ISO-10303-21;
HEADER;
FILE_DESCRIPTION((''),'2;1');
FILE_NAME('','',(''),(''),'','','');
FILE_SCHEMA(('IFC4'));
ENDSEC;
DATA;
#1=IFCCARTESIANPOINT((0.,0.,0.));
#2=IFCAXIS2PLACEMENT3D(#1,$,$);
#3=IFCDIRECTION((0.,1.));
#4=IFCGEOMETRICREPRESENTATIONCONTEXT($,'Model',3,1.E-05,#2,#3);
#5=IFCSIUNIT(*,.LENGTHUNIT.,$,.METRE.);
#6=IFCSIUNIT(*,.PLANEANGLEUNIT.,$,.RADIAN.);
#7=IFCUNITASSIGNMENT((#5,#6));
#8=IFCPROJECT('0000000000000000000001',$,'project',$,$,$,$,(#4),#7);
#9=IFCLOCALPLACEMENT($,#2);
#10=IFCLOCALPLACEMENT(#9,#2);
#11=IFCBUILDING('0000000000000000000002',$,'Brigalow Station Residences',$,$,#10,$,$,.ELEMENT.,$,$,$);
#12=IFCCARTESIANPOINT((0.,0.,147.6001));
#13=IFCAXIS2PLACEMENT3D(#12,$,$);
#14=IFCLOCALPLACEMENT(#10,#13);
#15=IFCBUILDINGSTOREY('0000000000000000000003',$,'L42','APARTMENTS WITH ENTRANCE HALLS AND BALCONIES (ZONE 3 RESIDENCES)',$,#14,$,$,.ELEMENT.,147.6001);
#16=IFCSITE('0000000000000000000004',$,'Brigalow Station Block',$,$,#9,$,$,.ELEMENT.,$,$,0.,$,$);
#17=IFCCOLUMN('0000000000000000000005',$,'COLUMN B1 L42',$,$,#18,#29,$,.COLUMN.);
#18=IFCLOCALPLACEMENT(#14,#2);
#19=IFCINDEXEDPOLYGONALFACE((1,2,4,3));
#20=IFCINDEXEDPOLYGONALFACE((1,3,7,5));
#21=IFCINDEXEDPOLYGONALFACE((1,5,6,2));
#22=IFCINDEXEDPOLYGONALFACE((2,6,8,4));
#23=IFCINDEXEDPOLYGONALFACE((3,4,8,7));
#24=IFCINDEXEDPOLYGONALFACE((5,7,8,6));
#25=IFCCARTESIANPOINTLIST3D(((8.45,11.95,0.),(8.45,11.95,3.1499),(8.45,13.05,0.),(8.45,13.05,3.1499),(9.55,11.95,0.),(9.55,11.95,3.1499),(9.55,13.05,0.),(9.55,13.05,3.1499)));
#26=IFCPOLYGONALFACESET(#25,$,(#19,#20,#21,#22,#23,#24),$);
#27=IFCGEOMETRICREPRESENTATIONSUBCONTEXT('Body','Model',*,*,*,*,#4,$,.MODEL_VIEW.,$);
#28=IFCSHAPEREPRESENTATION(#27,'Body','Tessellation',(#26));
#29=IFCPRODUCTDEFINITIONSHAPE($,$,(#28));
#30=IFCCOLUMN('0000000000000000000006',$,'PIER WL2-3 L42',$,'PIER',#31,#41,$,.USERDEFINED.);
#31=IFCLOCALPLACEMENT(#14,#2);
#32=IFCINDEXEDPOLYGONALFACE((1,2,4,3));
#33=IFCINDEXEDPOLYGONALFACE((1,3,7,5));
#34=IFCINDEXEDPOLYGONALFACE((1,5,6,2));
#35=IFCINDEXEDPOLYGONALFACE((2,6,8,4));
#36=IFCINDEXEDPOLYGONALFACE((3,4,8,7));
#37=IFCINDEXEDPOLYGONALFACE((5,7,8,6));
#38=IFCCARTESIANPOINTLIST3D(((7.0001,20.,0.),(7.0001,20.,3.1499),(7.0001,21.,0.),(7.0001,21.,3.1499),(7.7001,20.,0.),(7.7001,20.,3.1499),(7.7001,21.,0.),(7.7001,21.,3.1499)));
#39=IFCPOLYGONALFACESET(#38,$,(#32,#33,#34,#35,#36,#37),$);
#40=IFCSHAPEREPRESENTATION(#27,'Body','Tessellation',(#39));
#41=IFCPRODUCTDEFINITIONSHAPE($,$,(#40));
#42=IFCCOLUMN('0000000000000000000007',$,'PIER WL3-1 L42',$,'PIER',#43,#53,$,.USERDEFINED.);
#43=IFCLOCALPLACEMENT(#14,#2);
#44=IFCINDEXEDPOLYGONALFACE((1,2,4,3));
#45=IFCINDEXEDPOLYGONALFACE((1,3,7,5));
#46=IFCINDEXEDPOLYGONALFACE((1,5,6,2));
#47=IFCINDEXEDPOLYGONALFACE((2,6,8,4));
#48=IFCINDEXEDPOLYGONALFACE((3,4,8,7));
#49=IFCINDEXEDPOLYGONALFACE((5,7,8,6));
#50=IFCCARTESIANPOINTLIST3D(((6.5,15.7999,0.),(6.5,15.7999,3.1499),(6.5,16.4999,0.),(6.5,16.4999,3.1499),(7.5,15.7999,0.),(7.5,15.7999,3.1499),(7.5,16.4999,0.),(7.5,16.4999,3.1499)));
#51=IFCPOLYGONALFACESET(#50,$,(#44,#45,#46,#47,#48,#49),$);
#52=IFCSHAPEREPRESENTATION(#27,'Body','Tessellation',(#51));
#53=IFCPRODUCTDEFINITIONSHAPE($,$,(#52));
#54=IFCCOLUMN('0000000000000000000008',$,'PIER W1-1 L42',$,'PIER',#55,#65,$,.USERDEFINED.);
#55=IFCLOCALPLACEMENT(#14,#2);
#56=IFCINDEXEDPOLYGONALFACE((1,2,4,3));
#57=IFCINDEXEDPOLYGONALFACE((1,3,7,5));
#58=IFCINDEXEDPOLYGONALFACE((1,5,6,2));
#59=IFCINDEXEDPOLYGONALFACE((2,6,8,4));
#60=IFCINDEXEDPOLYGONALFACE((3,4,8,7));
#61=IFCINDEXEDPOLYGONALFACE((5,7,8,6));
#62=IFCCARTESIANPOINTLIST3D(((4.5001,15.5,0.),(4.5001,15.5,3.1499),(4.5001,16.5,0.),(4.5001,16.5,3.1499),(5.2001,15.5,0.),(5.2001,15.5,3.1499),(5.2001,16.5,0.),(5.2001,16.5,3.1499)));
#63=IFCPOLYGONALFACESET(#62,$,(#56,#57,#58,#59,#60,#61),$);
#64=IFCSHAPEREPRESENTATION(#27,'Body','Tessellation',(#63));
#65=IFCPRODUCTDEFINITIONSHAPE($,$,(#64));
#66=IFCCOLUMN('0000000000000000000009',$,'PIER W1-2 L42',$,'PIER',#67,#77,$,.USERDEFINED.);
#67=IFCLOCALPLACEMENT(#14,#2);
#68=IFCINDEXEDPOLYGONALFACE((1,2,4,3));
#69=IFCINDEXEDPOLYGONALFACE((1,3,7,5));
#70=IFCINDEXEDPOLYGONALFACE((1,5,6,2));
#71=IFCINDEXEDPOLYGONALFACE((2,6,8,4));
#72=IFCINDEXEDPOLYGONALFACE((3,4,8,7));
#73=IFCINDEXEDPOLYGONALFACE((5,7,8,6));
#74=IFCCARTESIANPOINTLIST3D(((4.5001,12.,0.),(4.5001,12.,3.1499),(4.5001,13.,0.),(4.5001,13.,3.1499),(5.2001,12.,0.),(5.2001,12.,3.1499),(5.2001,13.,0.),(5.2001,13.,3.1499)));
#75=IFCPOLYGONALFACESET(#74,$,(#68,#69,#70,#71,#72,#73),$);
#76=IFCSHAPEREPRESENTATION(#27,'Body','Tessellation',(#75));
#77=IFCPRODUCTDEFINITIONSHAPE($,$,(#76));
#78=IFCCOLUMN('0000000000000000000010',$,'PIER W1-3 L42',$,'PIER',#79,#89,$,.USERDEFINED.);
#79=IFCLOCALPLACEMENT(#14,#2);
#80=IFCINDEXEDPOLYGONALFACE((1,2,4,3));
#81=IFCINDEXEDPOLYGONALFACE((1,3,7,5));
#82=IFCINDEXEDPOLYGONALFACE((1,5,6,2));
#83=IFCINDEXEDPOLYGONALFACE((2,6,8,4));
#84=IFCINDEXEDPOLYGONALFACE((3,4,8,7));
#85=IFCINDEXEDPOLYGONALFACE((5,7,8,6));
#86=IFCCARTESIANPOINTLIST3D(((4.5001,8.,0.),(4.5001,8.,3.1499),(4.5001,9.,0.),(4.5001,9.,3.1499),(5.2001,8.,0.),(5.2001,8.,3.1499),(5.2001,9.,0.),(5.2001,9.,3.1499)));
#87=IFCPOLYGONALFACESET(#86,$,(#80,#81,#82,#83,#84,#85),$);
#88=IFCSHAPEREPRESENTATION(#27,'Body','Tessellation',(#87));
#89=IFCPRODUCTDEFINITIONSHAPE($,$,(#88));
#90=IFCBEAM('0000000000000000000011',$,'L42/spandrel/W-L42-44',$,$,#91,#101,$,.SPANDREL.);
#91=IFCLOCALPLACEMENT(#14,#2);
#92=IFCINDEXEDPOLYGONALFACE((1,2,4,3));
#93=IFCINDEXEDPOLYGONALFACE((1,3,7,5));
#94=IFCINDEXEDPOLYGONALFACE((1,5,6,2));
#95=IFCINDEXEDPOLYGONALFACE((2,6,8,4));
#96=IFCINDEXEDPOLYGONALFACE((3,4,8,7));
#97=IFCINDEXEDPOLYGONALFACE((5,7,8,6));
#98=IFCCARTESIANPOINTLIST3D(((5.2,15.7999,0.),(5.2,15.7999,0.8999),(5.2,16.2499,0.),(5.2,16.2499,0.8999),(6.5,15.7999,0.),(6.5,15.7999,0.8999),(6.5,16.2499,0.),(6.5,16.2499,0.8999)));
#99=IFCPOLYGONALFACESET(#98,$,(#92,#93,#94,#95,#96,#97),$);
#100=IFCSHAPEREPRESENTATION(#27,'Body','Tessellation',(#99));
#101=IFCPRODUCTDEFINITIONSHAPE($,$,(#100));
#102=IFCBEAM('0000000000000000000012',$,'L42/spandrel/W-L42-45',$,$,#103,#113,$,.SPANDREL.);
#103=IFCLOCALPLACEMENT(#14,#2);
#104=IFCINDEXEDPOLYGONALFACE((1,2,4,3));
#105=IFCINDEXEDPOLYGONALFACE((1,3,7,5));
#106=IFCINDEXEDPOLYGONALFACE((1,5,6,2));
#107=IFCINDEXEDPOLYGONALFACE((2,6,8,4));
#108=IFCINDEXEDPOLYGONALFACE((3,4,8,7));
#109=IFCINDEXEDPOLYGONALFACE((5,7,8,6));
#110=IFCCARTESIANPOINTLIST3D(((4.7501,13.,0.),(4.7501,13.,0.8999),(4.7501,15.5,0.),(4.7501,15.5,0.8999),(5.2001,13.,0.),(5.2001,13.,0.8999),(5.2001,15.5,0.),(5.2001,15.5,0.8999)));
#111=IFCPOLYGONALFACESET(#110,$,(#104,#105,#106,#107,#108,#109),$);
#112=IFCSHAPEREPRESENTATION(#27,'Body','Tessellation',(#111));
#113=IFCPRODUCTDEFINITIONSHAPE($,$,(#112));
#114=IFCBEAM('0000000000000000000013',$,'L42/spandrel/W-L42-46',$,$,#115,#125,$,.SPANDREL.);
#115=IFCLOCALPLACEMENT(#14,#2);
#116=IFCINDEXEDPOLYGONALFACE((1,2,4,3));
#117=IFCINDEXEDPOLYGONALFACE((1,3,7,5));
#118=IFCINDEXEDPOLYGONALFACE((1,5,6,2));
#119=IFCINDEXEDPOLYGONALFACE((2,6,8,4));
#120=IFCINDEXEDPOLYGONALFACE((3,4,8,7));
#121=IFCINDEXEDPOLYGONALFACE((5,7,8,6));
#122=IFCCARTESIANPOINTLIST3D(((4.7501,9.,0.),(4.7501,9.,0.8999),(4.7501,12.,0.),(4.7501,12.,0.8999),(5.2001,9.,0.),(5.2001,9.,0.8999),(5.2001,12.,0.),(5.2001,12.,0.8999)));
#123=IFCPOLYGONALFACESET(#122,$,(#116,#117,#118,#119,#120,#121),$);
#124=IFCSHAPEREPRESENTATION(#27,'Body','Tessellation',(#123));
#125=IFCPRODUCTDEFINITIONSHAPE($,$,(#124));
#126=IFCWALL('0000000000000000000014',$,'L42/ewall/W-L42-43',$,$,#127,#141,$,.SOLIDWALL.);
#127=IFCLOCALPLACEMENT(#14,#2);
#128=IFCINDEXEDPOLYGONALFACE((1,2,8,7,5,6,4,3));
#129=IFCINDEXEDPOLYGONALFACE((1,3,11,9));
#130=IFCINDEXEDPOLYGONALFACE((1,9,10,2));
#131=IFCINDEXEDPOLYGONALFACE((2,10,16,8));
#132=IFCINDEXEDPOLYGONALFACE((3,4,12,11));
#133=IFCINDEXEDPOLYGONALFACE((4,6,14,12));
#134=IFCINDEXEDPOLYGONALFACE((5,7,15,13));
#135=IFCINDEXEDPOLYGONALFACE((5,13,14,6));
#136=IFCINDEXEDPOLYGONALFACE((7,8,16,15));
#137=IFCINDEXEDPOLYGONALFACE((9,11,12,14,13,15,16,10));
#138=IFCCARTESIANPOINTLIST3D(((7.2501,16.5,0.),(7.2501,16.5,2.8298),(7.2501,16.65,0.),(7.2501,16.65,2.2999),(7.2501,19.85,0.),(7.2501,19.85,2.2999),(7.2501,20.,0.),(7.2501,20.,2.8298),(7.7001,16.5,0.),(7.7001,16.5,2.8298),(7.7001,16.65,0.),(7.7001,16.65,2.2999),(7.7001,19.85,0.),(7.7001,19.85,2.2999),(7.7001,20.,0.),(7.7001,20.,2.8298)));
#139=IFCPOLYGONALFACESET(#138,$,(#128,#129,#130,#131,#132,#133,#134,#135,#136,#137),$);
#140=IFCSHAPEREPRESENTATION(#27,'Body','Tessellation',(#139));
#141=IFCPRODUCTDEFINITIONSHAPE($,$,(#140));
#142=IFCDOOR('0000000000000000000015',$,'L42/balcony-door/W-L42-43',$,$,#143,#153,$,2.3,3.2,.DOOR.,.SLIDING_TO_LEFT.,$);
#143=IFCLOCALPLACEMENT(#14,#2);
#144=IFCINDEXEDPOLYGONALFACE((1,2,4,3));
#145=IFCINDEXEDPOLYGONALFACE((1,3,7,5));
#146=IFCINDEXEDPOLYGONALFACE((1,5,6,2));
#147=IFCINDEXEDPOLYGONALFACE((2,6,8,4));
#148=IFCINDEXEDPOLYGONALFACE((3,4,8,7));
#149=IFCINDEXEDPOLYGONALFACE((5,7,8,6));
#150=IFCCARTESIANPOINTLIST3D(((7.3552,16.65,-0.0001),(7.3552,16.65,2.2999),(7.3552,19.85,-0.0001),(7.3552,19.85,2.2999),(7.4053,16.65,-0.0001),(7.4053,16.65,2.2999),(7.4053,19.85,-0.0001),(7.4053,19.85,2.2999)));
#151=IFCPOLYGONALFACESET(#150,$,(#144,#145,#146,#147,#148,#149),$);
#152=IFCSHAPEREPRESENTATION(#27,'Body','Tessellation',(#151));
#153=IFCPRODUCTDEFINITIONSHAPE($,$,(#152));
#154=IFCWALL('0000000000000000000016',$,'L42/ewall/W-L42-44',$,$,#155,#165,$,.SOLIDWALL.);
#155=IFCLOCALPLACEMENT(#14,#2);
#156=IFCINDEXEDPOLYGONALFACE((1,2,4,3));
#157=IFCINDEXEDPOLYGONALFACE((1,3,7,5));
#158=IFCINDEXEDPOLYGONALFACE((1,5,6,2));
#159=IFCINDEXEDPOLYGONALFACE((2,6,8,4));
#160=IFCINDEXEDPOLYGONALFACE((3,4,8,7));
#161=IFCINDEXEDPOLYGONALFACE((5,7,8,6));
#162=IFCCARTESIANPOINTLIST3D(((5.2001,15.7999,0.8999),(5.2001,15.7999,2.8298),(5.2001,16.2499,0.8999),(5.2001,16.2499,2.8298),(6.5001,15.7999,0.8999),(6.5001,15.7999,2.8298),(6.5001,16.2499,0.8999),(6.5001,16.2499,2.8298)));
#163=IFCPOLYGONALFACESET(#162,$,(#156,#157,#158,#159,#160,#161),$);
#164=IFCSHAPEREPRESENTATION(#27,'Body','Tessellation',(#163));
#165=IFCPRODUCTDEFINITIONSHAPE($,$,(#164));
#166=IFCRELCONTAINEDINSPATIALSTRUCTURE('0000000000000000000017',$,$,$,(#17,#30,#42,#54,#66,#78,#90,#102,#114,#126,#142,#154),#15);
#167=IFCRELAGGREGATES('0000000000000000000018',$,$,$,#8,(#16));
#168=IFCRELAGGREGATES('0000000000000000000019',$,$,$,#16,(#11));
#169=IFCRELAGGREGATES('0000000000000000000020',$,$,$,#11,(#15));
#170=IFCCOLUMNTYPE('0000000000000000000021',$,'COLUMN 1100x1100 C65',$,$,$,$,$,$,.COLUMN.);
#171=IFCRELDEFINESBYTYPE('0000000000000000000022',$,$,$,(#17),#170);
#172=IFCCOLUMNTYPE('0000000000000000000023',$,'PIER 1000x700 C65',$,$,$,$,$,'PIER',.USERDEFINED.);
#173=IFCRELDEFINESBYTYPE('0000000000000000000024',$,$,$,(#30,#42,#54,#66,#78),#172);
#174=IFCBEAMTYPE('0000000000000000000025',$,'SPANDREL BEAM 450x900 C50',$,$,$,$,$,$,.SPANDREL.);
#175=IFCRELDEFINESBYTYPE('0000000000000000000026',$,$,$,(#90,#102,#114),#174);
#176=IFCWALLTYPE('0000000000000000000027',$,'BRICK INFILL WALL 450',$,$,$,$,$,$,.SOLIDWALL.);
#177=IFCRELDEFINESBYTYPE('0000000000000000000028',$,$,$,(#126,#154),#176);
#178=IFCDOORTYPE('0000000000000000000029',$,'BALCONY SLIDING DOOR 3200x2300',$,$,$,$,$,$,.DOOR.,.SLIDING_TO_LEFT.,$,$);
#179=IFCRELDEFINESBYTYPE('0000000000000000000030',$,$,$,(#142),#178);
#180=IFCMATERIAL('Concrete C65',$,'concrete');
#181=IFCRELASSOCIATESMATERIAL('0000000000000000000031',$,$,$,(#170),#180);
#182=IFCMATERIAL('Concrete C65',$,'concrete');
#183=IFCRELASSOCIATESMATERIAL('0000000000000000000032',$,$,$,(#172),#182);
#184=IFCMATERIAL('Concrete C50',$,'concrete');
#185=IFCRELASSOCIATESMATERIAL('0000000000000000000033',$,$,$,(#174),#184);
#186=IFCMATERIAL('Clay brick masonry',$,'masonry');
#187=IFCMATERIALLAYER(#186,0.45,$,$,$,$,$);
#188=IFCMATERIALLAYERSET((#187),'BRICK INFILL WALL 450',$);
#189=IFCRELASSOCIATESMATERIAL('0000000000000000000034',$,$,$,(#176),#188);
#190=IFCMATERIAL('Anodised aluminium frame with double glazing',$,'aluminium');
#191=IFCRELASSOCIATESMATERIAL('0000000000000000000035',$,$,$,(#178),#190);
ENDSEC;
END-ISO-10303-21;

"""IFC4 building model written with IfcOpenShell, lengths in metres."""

from ifc_helpers import new_model, si_unit, direction, frame, frame_2d, origin, origin_2d, place, context, subcontext, project, spatial, rectangle, extrude, material, layer, layer_set, material_profile, profile_set, type_object, element, fill, save


model = new_model("IFC4")

# Units and contexts
model_context = context("Model", 3, precision=1e-05, world=origin(), true_north=direction((0.0, 1.0)))
body_context = subcontext(model_context, "Body", "Model", "MODEL_VIEW")
ifc_project = project(units=[si_unit("LENGTHUNIT", "METRE"), si_unit("PLANEANGLEUNIT", "RADIAN")], contexts=[model_context])

# Site, building, storey
site_placement = place(None, origin())
site = spatial("IfcSite", under=ifc_project, at=site_placement, Name="Brigalow Station Block", CompositionType="ELEMENT", RefElevation=0.0)
building_placement = place(site_placement, origin())
building = spatial("IfcBuilding", under=site, at=building_placement, Name="Brigalow Station Residences", CompositionType="ELEMENT")
storey_placement = place(building_placement, frame((0.0, 0.0, 147.6001)))
storey = spatial("IfcBuildingStorey", under=building, at=storey_placement, Name="L42", Description="APARTMENTS WITH ENTRANCE HALLS AND BALCONIES (ZONE 3 RESIDENCES)", CompositionType="ELEMENT", Elevation=147.6001)

# Columns
ifc_material_1 = material(Name="Concrete C65", Category="concrete")
ifc_material_profile_1 = material_profile(ifc_material_1, rectangle(XDim=1.1001, YDim=1.1001, at=origin_2d()), Name="RC1100x1100")
ifc_profile_set_1 = profile_set([ifc_material_profile_1], Name="Concrete C65")
column_type_1 = type_object("IfcColumnType", Name="COLUMN 1100x1100 C65", PredefinedType="COLUMN", material=ifc_profile_set_1)
column_placement = place(storey_placement, frame((9.0, 12.5, 0.0), z_axis=(0.0, 0.0, 1.0), x_axis=(1.0, 0.0, 0.0)))
element("IfcColumn", 1, at=column_placement, inside=storey, type_object=column_type_1, Name="COLUMN B1 L42", PredefinedType="COLUMN", context=body_context, shape_type="SweptSolid", body=[
    extrude(rectangle(XDim=1.1001, YDim=1.1001, at=origin_2d()), origin(), (0.0, 0.0, 1.0), 3.1499),
])
ifc_material_2 = material(Name="Concrete C65", Category="concrete")
ifc_material_profile_2 = material_profile(ifc_material_2, rectangle(XDim=1.0, YDim=0.7, at=origin_2d()), Name="RC1000x700")
ifc_profile_set_2 = profile_set([ifc_material_profile_2], Name="Concrete C65")
column_type_2 = type_object("IfcColumnType", Name="PIER 1000x700 C65", ElementType="PIER", PredefinedType="USERDEFINED", material=ifc_profile_set_2)
for number, where, z_axis, x_axis, name in (
    (2, (7.3501, 20.5, 0.0), (0.0, 0.0, 1.0), (0.0, -1.0, 0.0), "PIER WL2-3 L42"),
    (3, (7.0, 16.1499, 0.0), (0.0, 0.0, 1.0), (-1.0, 0.0, 0.0), "PIER WL3-1 L42"),
    (4, (4.8501, 16.0, 0.0), (0.0, 0.0, 1.0), (0.0, -1.0, 0.0), "PIER W1-1 L42"),
    (5, (4.8501, 12.5, 0.0), (0.0, 0.0, 1.0), (0.0, -1.0, 0.0), "PIER W1-2 L42"),
    (6, (4.8501, 8.5, 0.0), (0.0, 0.0, 1.0), (0.0, -1.0, 0.0), "PIER W1-3 L42"),
):
    element("IfcColumn", number, at=place(storey_placement, frame(where, z_axis=z_axis, x_axis=x_axis)), inside=storey, type_object=column_type_2, Name=name, ObjectType="PIER", PredefinedType="USERDEFINED", context=body_context, shape_type="SweptSolid", body=[
        extrude(rectangle(XDim=1.0, YDim=0.7, at=origin_2d()), origin(), (0.0, 0.0, 1.0), 3.1499),
    ])

# Beams
ifc_material_3 = material(Name="Concrete C50", Category="concrete")
ifc_material_profile_3 = material_profile(ifc_material_3, rectangle(XDim=0.45, YDim=0.8999, at=origin_2d()), Name="RC450x900")
ifc_profile_set_3 = profile_set([ifc_material_profile_3], Name="Concrete C50")
beam_type = type_object("IfcBeamType", Name="SPANDREL BEAM 450x900 C50", PredefinedType="SPANDREL", material=ifc_profile_set_3)
beam_1_placement = place(storey_placement, frame((6.5, 16.0249, 0.45), z_axis=(-1.0, 0.0, 0.0), x_axis=(0.0, -1.0, 0.0)))
element("IfcBeam", 7, at=beam_1_placement, inside=storey, type_object=beam_type, Name="L42/spandrel/W-L42-44", PredefinedType="SPANDREL", context=body_context, shape_type="SweptSolid", body=[
    extrude(rectangle(XDim=0.45, YDim=0.8999, at=origin_2d()), origin(), (0.0, 0.0, 1.0), 1.3),
])
beam_2_placement = place(storey_placement, frame((4.9751, 15.5, 0.45), z_axis=(0.0, -1.0, 0.0), x_axis=(1.0, 0.0, 0.0)))
element("IfcBeam", 8, at=beam_2_placement, inside=storey, type_object=beam_type, Name="L42/spandrel/W-L42-45", PredefinedType="SPANDREL", context=body_context, shape_type="SweptSolid", body=[
    extrude(rectangle(XDim=0.45, YDim=0.8999, at=origin_2d()), origin(), (0.0, 0.0, 1.0), 2.5),
])
beam_3_placement = place(storey_placement, frame((4.9751, 12.0, 0.45), z_axis=(0.0, -1.0, 0.0), x_axis=(1.0, 0.0, 0.0)))
element("IfcBeam", 9, at=beam_3_placement, inside=storey, type_object=beam_type, Name="L42/spandrel/W-L42-46", PredefinedType="SPANDREL", context=body_context, shape_type="SweptSolid", body=[
    extrude(rectangle(XDim=0.45, YDim=0.8999, at=origin_2d()), origin(), (0.0, 0.0, 1.0), 3.0),
])

# Wall, opening, door
ifc_material_4 = material(Name="Clay brick masonry", Category="masonry")
ifc_layer_1 = layer(ifc_material_4, 0.45)
ifc_layer_set_1 = layer_set([ifc_layer_1], Name="BRICK INFILL WALL 450")
wall_type_1 = type_object("IfcWallType", Name="BRICK INFILL WALL 450", PredefinedType="SOLIDWALL", material=ifc_layer_set_1)
wall_1_placement = place(storey_placement, frame((7.4751, 20.0, 0.0), z_axis=(0.0, 0.0, 1.0), x_axis=(0.0, -1.0, 0.0)))
wall_1 = element("IfcWall", 10, at=wall_1_placement, inside=storey, type_object=wall_type_1, Name="L42/ewall/W-L42-43", PredefinedType="SOLIDWALL", context=body_context, shape_type="SweptSolid", body=[
    extrude(rectangle(XDim=3.5, YDim=0.45, at=frame_2d((1.75, 0.0))), origin(), (0.0, 0.0, 1.0), 2.8298),
])
opening_1_placement = place(wall_1_placement, frame((0.1499, 0.0, 0.0)))
opening_1 = element("IfcOpeningElement", 11, at=opening_1_placement, cuts=wall_1, PredefinedType="OPENING", context=body_context, shape_type="SweptSolid", body=[
    extrude(rectangle(XDim=3.2, YDim=2.3, at=frame_2d((1.6001, 1.1499))), frame((0.0, 0.2349, 0.0), z_axis=(0.0, -1.0, 0.0), x_axis=(1.0, 0.0, 0.0)), (0.0, 0.0, 1.0), 0.47),
])
ifc_material_5 = material(Name="Anodised aluminium frame with double glazing", Category="aluminium")
door_type_1 = type_object("IfcDoorType", Name="BALCONY SLIDING DOOR 3200x2300", OperationType="SLIDING_TO_LEFT", PredefinedType="DOOR", material=ifc_material_5)
door_1_placement = place(opening_1_placement, origin())
door_1 = element("IfcDoor", 12, at=door_1_placement, inside=storey, type_object=door_type_1, Name="L42/balcony-door/W-L42-43", OperationType="SLIDING_TO_LEFT", OverallHeight=2.3, OverallWidth=3.2, PredefinedType="DOOR", context=body_context, shape_type="SweptSolid", body=[
    extrude(rectangle(XDim=3.2, YDim=2.3, at=frame_2d((1.6001, 1.1499))), frame((0.0, -0.0698, 0.0), z_axis=(0.0, -1.0, 0.0), x_axis=(1.0, 0.0, 0.0)), (0.0, 0.0, 1.0), 0.05),
])
fill(opening_1, door_1)

# Wall
wall_2_placement = place(storey_placement, frame((6.5, 16.0249, 0.8999), z_axis=(0.0, 0.0, 1.0), x_axis=(-1.0, 0.0, 0.0)))
element("IfcWall", 13, at=wall_2_placement, inside=storey, type_object=wall_type_1, Name="L42/ewall/W-L42-44", PredefinedType="SOLIDWALL", context=body_context, shape_type="SweptSolid", body=[
    extrude(rectangle(XDim=1.3, YDim=0.45, at=frame_2d((0.6499, 0.0))), origin(), (0.0, 0.0, 1.0), 1.9299),
])

save(model, "model.ifc")
